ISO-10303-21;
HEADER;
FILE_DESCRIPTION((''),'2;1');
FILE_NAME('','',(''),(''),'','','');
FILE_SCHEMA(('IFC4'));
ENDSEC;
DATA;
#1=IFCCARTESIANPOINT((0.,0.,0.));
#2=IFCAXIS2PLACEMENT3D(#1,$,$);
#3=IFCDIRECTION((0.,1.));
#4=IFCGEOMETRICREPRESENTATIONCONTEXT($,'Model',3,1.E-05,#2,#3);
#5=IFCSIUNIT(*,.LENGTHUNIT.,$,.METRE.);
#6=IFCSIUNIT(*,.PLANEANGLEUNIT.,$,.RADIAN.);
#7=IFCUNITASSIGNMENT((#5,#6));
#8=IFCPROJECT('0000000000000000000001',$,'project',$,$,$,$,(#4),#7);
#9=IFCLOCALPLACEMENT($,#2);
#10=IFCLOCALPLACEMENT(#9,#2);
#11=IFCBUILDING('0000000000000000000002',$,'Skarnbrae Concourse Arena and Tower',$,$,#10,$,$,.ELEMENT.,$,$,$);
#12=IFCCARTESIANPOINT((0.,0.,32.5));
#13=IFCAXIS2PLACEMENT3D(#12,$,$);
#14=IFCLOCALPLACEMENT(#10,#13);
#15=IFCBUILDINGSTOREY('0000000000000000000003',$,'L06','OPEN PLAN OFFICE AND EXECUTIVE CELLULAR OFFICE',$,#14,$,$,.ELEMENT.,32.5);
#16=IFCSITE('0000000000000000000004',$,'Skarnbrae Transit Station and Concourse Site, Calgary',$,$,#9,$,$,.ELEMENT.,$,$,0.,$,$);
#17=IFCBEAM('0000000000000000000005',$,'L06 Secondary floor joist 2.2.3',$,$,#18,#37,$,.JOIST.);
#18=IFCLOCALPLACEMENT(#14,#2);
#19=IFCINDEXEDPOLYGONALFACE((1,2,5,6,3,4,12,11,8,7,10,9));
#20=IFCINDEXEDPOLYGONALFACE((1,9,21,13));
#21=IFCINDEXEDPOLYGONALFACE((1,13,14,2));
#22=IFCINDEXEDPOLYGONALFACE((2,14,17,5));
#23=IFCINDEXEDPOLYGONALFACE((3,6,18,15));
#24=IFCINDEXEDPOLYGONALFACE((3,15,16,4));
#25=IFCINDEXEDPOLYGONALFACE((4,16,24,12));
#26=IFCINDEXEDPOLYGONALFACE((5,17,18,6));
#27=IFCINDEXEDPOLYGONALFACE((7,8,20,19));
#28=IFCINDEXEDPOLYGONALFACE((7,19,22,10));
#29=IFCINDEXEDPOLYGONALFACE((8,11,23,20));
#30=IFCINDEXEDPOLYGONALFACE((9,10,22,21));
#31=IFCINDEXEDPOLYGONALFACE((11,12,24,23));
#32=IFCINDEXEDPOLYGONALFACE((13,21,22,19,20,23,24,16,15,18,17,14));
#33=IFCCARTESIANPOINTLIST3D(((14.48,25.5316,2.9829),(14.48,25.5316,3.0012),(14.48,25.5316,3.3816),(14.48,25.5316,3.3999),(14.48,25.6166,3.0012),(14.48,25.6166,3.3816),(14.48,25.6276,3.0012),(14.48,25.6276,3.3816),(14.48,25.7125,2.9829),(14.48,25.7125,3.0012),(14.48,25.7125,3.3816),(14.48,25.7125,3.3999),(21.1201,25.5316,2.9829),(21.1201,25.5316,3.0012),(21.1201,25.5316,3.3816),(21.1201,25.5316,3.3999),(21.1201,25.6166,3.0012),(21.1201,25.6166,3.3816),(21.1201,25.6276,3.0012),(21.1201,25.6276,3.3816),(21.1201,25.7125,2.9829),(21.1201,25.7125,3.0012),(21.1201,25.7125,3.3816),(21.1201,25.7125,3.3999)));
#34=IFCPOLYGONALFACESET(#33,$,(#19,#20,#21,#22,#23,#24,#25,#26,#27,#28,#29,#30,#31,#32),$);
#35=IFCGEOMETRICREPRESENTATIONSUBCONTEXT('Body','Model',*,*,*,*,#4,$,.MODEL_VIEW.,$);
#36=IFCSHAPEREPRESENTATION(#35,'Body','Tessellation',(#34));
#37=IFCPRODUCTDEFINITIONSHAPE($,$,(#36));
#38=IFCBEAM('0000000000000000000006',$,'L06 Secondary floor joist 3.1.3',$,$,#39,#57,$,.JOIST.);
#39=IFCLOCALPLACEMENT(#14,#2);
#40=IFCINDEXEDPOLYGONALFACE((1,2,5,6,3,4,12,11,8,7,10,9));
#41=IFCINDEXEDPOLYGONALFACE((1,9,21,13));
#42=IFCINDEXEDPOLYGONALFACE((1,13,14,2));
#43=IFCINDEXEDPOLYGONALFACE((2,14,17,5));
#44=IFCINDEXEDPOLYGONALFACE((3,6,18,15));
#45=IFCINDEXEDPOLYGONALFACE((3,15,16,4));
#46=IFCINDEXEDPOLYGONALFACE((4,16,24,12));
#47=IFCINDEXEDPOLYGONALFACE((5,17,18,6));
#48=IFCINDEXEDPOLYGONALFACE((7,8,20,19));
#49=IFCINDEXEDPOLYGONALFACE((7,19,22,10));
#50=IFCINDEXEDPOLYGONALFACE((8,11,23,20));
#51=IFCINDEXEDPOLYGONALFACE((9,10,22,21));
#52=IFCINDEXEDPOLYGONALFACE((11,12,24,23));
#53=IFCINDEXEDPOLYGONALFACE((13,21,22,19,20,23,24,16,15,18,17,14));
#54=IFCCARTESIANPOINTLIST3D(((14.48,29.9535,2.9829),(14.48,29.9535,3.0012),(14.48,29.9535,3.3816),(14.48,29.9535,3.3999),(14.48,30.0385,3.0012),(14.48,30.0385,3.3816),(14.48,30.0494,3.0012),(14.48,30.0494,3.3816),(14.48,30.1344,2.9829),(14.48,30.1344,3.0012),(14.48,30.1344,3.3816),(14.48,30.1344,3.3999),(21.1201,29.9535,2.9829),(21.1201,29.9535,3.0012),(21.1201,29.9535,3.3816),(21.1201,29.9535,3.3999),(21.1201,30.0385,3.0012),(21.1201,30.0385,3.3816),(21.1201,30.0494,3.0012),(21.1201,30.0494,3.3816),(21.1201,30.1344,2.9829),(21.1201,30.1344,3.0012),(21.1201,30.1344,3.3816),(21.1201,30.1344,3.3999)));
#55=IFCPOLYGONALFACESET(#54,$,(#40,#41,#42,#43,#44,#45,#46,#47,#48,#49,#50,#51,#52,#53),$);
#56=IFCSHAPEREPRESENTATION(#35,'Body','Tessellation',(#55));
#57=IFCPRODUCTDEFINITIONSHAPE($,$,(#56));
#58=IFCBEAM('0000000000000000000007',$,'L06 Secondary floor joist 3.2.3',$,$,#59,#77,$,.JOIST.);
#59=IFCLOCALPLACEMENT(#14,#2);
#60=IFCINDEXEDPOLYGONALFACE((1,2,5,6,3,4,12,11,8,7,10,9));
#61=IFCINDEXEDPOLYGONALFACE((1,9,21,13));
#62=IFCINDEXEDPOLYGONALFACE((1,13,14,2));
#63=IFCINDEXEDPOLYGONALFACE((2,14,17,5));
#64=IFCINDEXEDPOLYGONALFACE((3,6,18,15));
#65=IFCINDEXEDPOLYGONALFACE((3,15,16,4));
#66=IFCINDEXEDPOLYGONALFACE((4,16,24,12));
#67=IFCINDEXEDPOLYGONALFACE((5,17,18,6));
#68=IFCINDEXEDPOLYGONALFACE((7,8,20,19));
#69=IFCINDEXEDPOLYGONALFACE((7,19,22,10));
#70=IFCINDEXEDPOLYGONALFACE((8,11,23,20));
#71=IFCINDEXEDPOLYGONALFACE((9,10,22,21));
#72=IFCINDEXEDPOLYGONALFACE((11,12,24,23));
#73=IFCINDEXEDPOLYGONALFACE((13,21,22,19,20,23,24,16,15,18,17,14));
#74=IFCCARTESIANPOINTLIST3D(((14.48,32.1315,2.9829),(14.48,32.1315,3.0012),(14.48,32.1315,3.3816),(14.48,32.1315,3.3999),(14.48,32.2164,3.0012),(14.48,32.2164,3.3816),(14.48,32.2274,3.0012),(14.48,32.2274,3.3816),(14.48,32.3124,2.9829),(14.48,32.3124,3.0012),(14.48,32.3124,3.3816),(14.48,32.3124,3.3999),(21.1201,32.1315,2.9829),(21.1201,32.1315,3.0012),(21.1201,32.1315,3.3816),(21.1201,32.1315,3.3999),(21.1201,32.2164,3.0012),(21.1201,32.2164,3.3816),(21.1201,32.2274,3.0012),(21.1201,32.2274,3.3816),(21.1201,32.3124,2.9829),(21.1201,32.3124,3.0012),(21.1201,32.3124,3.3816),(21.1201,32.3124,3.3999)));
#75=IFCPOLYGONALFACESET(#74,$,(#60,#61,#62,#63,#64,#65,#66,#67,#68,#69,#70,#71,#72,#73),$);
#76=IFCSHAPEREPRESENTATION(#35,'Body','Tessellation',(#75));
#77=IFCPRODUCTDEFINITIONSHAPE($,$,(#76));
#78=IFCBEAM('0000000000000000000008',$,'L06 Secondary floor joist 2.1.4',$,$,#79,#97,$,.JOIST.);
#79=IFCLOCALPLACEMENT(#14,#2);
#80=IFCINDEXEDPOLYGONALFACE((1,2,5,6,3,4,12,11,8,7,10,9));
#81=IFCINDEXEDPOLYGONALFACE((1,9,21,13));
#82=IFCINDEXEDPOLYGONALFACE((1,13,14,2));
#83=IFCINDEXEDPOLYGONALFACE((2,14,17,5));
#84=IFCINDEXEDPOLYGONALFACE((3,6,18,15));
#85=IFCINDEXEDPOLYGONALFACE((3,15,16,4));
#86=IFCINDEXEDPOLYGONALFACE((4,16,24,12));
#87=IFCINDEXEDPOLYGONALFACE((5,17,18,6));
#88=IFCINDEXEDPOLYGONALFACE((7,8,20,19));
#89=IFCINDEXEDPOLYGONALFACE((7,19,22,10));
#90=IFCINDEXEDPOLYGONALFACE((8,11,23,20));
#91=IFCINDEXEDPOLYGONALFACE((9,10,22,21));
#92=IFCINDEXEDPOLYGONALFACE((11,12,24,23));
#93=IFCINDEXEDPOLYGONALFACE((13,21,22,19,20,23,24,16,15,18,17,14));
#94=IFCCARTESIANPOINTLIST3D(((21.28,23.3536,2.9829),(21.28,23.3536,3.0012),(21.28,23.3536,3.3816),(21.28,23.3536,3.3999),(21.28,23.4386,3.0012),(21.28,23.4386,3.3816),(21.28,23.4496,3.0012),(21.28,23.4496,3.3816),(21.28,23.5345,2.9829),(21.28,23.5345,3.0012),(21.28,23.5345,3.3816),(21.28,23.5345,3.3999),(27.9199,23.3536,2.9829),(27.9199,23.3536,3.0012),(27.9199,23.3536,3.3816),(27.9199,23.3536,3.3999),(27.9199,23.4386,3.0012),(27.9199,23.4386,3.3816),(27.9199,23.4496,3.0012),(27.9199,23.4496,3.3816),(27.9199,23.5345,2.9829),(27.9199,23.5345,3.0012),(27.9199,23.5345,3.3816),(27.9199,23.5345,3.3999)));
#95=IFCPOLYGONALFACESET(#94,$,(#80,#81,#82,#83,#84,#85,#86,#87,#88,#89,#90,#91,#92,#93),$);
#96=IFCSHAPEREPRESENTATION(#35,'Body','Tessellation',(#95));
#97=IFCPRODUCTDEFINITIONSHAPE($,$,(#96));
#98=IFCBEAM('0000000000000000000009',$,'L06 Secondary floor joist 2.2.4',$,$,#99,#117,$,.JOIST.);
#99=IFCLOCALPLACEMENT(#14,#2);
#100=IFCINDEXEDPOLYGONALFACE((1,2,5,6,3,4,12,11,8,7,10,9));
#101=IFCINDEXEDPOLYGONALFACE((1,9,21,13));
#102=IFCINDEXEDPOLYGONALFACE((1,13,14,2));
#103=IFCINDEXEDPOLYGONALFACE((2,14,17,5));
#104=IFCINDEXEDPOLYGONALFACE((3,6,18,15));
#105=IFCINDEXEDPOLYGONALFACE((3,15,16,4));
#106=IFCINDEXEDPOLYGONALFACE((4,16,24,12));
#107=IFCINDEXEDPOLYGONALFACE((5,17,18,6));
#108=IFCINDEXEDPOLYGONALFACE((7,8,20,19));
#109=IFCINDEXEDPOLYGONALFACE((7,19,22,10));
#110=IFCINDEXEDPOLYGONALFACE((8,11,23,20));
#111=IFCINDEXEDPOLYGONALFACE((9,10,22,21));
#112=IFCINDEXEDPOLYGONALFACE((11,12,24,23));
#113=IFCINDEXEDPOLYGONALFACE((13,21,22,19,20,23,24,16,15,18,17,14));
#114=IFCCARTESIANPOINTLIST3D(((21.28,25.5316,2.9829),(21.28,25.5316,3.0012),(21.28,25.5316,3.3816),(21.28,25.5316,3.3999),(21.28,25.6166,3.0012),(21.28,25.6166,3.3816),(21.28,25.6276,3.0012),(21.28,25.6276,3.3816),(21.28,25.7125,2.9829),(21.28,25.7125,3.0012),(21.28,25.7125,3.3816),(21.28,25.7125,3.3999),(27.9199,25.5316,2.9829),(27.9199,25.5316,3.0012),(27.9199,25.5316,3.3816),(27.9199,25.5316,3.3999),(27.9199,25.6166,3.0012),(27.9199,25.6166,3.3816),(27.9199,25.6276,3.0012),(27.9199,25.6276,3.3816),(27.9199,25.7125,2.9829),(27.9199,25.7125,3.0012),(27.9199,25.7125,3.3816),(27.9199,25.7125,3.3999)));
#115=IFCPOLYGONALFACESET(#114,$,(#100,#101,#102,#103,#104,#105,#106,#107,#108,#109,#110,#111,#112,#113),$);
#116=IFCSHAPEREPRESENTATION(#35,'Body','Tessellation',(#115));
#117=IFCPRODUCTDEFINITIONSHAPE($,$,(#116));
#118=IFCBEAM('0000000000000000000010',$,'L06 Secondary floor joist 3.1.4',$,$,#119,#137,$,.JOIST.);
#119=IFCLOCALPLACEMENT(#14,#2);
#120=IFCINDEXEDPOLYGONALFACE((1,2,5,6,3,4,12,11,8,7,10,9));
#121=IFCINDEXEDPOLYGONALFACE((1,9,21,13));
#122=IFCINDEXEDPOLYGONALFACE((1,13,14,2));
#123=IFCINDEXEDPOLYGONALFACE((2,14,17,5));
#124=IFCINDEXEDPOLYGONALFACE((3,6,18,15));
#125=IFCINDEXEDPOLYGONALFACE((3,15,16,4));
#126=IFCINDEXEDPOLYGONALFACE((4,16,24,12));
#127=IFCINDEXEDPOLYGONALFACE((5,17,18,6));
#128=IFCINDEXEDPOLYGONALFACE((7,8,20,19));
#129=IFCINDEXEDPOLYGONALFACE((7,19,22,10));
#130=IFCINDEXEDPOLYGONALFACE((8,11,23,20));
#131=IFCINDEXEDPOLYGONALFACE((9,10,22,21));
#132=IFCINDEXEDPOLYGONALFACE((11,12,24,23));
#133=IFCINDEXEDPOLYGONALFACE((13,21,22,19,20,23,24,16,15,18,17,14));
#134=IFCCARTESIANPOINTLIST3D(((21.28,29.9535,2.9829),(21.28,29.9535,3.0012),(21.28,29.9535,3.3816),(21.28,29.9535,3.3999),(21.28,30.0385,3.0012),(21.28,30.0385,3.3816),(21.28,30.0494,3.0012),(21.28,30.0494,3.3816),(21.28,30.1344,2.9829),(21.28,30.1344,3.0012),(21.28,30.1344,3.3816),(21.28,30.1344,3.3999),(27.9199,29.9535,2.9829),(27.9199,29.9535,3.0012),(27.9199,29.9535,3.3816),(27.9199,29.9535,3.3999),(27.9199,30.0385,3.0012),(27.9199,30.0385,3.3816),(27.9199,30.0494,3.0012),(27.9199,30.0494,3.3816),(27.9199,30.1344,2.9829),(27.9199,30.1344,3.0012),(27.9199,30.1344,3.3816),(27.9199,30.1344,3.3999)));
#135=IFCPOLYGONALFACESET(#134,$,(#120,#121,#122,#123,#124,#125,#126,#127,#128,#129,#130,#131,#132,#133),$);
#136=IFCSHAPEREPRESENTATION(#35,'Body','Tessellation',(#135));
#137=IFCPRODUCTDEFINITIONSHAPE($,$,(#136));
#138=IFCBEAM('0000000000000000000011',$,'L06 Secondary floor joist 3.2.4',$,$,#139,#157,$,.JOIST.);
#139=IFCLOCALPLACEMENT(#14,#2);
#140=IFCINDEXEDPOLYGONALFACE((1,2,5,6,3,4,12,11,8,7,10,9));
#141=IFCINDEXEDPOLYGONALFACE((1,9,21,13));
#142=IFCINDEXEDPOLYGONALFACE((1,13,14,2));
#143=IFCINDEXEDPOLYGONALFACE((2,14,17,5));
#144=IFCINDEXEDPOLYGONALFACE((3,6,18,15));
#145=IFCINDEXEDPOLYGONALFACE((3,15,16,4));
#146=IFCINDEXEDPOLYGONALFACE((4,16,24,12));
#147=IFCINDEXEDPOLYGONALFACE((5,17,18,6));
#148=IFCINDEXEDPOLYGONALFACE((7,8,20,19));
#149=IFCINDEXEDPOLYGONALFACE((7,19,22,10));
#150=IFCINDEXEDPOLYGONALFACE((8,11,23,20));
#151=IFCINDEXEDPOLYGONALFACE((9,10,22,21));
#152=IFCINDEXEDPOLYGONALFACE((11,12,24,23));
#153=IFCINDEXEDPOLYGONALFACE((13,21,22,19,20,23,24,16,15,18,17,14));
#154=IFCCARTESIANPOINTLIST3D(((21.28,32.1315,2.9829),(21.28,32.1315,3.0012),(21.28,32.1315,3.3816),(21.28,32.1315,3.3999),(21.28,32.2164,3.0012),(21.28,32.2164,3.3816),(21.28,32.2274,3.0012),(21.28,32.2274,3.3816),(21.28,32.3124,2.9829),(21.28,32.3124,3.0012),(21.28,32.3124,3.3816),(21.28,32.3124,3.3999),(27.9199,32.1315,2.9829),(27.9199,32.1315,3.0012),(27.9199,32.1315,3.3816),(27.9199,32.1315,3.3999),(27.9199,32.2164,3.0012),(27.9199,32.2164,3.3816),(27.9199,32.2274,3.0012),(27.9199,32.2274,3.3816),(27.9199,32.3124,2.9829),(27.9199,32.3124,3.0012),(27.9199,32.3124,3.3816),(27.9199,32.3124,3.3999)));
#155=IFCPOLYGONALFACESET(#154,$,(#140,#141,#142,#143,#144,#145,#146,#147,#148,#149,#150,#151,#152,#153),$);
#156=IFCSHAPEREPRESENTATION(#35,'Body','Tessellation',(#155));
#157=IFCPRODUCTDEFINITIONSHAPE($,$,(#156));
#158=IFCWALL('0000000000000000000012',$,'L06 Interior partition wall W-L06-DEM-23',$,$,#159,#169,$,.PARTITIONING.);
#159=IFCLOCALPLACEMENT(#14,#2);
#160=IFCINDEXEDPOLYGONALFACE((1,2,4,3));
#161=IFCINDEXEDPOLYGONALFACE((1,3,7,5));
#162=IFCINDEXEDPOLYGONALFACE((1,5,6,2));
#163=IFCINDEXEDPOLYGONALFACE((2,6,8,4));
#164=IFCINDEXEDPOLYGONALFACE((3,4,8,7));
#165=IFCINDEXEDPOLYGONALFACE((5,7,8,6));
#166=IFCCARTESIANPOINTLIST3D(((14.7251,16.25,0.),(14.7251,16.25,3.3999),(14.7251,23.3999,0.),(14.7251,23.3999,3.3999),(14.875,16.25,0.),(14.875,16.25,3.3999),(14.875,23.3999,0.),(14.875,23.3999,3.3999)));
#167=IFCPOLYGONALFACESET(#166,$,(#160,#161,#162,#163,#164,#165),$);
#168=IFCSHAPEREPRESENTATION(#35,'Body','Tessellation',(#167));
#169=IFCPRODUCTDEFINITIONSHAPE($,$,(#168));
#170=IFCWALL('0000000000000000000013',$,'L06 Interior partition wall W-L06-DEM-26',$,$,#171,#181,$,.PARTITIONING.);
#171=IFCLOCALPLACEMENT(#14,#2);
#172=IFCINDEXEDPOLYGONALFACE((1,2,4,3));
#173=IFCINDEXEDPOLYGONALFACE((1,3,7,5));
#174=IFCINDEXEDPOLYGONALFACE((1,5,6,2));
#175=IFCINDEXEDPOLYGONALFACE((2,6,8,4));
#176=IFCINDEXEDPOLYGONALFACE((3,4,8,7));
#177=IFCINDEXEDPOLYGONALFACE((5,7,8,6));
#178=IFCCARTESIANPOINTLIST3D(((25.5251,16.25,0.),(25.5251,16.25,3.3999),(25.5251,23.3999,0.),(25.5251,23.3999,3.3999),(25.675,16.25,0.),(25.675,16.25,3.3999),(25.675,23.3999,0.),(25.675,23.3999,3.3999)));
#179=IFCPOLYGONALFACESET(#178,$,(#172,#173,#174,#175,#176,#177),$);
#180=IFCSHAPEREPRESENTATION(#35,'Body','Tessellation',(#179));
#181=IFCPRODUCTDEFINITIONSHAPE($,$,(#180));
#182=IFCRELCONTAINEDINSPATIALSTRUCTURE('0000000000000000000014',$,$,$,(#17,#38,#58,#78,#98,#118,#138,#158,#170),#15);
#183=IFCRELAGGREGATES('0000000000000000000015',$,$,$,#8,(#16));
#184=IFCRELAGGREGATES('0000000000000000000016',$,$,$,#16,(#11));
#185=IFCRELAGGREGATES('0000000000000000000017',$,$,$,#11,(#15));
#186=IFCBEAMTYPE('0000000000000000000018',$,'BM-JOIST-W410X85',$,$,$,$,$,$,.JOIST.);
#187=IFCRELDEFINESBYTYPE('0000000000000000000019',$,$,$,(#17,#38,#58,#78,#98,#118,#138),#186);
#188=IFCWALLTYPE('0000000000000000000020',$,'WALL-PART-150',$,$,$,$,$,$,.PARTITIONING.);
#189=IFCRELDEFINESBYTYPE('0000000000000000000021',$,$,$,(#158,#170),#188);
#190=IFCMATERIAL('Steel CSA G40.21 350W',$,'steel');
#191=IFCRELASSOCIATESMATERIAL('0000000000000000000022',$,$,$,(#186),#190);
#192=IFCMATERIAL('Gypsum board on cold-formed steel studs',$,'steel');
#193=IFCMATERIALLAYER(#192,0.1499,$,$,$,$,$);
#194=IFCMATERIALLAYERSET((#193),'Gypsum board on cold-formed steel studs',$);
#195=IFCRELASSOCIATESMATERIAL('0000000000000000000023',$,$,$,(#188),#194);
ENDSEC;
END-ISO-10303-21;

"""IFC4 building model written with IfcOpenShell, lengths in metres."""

from ifc_helpers import new_model, si_unit, direction, frame, frame_2d, origin, origin_2d, place, context, subcontext, project, spatial, rectangle, i_section, extrude, source, transform, mapped, material, layer, layer_set, material_profile, profile_set, type_object, element, save


model = new_model("IFC4")

# Units and contexts
model_context = context("Model", 3, precision=1e-05, world=origin(), true_north=direction((0.0, 1.0)))
body_context = subcontext(model_context, "Body", "Model", "MODEL_VIEW")
ifc_project = project(units=[si_unit("LENGTHUNIT", "METRE"), si_unit("PLANEANGLEUNIT", "RADIAN")], contexts=[model_context])

# Site, building, storey
site_placement = place(None, origin())
site = spatial("IfcSite", under=ifc_project, at=site_placement, Name="Skarnbrae Transit Station and Concourse Site, Calgary", CompositionType="ELEMENT", RefElevation=0.0)
building_placement = place(site_placement, origin())
building = spatial("IfcBuilding", under=site, at=building_placement, Name="Skarnbrae Concourse Arena and Tower", CompositionType="ELEMENT")
storey_placement = place(building_placement, frame((0.0, 0.0, 32.5)))
storey = spatial("IfcBuildingStorey", under=building, at=storey_placement, Name="L06", Description="OPEN PLAN OFFICE AND EXECUTIVE CELLULAR OFFICE", CompositionType="ELEMENT", Elevation=32.5)

# Shared definitions
ifc_material_1 = material(Name="Steel CSA G40.21 350W", Category="steel")

# Beams
ifc_material_profile_1 = material_profile(ifc_material_1, i_section(OverallWidth=0.1809, OverallDepth=0.417, WebThickness=0.011, FlangeThickness=0.0183, at=origin_2d()), Name="W410X85")
ifc_profile_set_1 = profile_set([ifc_material_profile_1], Name="Steel CSA G40.21 350W")
beam_type_1 = type_object("IfcBeamType", Name="BM-JOIST-W410X85", PredefinedType="JOIST", material=ifc_profile_set_1)
shared_shape_1 = source(origin(), body_context, "Body", "SweptSolid", [
    extrude(i_section(OverallWidth=0.1809, OverallDepth=0.417, WebThickness=0.011, FlangeThickness=0.0183, at=origin_2d()), origin(), (0.0, 0.0, 1.0), 6.6401),
])
for number, where, z_axis, x_axis, name in (
    (1, (14.48, 25.6221, 3.1914), (1.0, 0.0, 0.0), (0.0, 1.0, 0.0), "L06 Secondary floor joist 2.2.3"),
    (2, (14.48, 30.0439, 3.1914), (1.0, 0.0, 0.0), (0.0, 1.0, 0.0), "L06 Secondary floor joist 3.1.3"),
    (3, (14.48, 32.2219, 3.1914), (1.0, 0.0, 0.0), (0.0, 1.0, 0.0), "L06 Secondary floor joist 3.2.3"),
):
    element("IfcBeam", number, at=place(storey_placement, frame(where, z_axis=z_axis, x_axis=x_axis)), inside=storey, type_object=beam_type_1, Name=name, PredefinedType="JOIST", context=body_context, shape_type="MappedRepresentation", body=[
        mapped(shared_shape_1, transform((0.0, 0.0, 0.0))),
    ])
shared_shape_2 = source(origin(), body_context, "Body", "SweptSolid", [
    extrude(i_section(OverallWidth=0.1809, OverallDepth=0.417, WebThickness=0.011, FlangeThickness=0.0183, at=origin_2d()), origin(), (0.0, 0.0, 1.0), 6.6399),
])
for number, where, z_axis, x_axis, name in (
    (4, (21.28, 23.4441, 3.1914), (1.0, 0.0, 0.0), (0.0, 1.0, 0.0), "L06 Secondary floor joist 2.1.4"),
    (5, (21.28, 25.6221, 3.1914), (1.0, 0.0, 0.0), (0.0, 1.0, 0.0), "L06 Secondary floor joist 2.2.4"),
    (6, (21.28, 30.0439, 3.1914), (1.0, 0.0, 0.0), (0.0, 1.0, 0.0), "L06 Secondary floor joist 3.1.4"),
    (7, (21.28, 32.2219, 3.1914), (1.0, 0.0, 0.0), (0.0, 1.0, 0.0), "L06 Secondary floor joist 3.2.4"),
):
    element("IfcBeam", number, at=place(storey_placement, frame(where, z_axis=z_axis, x_axis=x_axis)), inside=storey, type_object=beam_type_1, Name=name, PredefinedType="JOIST", context=body_context, shape_type="MappedRepresentation", body=[
        mapped(shared_shape_2, transform((0.0, 0.0, 0.0))),
    ])

# Walls
ifc_material_2 = material(Name="Gypsum board on cold-formed steel studs", Category="steel")
ifc_layer = layer(ifc_material_2, 0.1499)
ifc_layer_set = layer_set([ifc_layer], Name="Gypsum board on cold-formed steel studs")
wall_type = type_object("IfcWallType", Name="WALL-PART-150", PredefinedType="PARTITIONING", material=ifc_layer_set)
shared_shape_3 = source(origin(), body_context, "Body", "SweptSolid", [
    extrude(rectangle(XDim=7.1499, YDim=0.1499, at=frame_2d((3.575, 0.0))), origin(), (0.0, 0.0, 1.0), 3.3999),
])
for number, where, z_axis, x_axis, name in (
    (8, (14.8, 23.3999, 0.0), (0.0, 0.0, 1.0), (0.0, -1.0, 0.0), "L06 Interior partition wall W-L06-DEM-23"),
    (9, (25.6001, 23.3999, 0.0), (0.0, 0.0, 1.0), (0.0, -1.0, 0.0), "L06 Interior partition wall W-L06-DEM-26"),
):
    element("IfcWall", number, at=place(storey_placement, frame(where, z_axis=z_axis, x_axis=x_axis)), inside=storey, type_object=wall_type, Name=name, PredefinedType="PARTITIONING", context=body_context, shape_type="MappedRepresentation", body=[
        mapped(shared_shape_3, transform((0.0, 0.0, 0.0))),
    ])

save(model, "model.ifc")
